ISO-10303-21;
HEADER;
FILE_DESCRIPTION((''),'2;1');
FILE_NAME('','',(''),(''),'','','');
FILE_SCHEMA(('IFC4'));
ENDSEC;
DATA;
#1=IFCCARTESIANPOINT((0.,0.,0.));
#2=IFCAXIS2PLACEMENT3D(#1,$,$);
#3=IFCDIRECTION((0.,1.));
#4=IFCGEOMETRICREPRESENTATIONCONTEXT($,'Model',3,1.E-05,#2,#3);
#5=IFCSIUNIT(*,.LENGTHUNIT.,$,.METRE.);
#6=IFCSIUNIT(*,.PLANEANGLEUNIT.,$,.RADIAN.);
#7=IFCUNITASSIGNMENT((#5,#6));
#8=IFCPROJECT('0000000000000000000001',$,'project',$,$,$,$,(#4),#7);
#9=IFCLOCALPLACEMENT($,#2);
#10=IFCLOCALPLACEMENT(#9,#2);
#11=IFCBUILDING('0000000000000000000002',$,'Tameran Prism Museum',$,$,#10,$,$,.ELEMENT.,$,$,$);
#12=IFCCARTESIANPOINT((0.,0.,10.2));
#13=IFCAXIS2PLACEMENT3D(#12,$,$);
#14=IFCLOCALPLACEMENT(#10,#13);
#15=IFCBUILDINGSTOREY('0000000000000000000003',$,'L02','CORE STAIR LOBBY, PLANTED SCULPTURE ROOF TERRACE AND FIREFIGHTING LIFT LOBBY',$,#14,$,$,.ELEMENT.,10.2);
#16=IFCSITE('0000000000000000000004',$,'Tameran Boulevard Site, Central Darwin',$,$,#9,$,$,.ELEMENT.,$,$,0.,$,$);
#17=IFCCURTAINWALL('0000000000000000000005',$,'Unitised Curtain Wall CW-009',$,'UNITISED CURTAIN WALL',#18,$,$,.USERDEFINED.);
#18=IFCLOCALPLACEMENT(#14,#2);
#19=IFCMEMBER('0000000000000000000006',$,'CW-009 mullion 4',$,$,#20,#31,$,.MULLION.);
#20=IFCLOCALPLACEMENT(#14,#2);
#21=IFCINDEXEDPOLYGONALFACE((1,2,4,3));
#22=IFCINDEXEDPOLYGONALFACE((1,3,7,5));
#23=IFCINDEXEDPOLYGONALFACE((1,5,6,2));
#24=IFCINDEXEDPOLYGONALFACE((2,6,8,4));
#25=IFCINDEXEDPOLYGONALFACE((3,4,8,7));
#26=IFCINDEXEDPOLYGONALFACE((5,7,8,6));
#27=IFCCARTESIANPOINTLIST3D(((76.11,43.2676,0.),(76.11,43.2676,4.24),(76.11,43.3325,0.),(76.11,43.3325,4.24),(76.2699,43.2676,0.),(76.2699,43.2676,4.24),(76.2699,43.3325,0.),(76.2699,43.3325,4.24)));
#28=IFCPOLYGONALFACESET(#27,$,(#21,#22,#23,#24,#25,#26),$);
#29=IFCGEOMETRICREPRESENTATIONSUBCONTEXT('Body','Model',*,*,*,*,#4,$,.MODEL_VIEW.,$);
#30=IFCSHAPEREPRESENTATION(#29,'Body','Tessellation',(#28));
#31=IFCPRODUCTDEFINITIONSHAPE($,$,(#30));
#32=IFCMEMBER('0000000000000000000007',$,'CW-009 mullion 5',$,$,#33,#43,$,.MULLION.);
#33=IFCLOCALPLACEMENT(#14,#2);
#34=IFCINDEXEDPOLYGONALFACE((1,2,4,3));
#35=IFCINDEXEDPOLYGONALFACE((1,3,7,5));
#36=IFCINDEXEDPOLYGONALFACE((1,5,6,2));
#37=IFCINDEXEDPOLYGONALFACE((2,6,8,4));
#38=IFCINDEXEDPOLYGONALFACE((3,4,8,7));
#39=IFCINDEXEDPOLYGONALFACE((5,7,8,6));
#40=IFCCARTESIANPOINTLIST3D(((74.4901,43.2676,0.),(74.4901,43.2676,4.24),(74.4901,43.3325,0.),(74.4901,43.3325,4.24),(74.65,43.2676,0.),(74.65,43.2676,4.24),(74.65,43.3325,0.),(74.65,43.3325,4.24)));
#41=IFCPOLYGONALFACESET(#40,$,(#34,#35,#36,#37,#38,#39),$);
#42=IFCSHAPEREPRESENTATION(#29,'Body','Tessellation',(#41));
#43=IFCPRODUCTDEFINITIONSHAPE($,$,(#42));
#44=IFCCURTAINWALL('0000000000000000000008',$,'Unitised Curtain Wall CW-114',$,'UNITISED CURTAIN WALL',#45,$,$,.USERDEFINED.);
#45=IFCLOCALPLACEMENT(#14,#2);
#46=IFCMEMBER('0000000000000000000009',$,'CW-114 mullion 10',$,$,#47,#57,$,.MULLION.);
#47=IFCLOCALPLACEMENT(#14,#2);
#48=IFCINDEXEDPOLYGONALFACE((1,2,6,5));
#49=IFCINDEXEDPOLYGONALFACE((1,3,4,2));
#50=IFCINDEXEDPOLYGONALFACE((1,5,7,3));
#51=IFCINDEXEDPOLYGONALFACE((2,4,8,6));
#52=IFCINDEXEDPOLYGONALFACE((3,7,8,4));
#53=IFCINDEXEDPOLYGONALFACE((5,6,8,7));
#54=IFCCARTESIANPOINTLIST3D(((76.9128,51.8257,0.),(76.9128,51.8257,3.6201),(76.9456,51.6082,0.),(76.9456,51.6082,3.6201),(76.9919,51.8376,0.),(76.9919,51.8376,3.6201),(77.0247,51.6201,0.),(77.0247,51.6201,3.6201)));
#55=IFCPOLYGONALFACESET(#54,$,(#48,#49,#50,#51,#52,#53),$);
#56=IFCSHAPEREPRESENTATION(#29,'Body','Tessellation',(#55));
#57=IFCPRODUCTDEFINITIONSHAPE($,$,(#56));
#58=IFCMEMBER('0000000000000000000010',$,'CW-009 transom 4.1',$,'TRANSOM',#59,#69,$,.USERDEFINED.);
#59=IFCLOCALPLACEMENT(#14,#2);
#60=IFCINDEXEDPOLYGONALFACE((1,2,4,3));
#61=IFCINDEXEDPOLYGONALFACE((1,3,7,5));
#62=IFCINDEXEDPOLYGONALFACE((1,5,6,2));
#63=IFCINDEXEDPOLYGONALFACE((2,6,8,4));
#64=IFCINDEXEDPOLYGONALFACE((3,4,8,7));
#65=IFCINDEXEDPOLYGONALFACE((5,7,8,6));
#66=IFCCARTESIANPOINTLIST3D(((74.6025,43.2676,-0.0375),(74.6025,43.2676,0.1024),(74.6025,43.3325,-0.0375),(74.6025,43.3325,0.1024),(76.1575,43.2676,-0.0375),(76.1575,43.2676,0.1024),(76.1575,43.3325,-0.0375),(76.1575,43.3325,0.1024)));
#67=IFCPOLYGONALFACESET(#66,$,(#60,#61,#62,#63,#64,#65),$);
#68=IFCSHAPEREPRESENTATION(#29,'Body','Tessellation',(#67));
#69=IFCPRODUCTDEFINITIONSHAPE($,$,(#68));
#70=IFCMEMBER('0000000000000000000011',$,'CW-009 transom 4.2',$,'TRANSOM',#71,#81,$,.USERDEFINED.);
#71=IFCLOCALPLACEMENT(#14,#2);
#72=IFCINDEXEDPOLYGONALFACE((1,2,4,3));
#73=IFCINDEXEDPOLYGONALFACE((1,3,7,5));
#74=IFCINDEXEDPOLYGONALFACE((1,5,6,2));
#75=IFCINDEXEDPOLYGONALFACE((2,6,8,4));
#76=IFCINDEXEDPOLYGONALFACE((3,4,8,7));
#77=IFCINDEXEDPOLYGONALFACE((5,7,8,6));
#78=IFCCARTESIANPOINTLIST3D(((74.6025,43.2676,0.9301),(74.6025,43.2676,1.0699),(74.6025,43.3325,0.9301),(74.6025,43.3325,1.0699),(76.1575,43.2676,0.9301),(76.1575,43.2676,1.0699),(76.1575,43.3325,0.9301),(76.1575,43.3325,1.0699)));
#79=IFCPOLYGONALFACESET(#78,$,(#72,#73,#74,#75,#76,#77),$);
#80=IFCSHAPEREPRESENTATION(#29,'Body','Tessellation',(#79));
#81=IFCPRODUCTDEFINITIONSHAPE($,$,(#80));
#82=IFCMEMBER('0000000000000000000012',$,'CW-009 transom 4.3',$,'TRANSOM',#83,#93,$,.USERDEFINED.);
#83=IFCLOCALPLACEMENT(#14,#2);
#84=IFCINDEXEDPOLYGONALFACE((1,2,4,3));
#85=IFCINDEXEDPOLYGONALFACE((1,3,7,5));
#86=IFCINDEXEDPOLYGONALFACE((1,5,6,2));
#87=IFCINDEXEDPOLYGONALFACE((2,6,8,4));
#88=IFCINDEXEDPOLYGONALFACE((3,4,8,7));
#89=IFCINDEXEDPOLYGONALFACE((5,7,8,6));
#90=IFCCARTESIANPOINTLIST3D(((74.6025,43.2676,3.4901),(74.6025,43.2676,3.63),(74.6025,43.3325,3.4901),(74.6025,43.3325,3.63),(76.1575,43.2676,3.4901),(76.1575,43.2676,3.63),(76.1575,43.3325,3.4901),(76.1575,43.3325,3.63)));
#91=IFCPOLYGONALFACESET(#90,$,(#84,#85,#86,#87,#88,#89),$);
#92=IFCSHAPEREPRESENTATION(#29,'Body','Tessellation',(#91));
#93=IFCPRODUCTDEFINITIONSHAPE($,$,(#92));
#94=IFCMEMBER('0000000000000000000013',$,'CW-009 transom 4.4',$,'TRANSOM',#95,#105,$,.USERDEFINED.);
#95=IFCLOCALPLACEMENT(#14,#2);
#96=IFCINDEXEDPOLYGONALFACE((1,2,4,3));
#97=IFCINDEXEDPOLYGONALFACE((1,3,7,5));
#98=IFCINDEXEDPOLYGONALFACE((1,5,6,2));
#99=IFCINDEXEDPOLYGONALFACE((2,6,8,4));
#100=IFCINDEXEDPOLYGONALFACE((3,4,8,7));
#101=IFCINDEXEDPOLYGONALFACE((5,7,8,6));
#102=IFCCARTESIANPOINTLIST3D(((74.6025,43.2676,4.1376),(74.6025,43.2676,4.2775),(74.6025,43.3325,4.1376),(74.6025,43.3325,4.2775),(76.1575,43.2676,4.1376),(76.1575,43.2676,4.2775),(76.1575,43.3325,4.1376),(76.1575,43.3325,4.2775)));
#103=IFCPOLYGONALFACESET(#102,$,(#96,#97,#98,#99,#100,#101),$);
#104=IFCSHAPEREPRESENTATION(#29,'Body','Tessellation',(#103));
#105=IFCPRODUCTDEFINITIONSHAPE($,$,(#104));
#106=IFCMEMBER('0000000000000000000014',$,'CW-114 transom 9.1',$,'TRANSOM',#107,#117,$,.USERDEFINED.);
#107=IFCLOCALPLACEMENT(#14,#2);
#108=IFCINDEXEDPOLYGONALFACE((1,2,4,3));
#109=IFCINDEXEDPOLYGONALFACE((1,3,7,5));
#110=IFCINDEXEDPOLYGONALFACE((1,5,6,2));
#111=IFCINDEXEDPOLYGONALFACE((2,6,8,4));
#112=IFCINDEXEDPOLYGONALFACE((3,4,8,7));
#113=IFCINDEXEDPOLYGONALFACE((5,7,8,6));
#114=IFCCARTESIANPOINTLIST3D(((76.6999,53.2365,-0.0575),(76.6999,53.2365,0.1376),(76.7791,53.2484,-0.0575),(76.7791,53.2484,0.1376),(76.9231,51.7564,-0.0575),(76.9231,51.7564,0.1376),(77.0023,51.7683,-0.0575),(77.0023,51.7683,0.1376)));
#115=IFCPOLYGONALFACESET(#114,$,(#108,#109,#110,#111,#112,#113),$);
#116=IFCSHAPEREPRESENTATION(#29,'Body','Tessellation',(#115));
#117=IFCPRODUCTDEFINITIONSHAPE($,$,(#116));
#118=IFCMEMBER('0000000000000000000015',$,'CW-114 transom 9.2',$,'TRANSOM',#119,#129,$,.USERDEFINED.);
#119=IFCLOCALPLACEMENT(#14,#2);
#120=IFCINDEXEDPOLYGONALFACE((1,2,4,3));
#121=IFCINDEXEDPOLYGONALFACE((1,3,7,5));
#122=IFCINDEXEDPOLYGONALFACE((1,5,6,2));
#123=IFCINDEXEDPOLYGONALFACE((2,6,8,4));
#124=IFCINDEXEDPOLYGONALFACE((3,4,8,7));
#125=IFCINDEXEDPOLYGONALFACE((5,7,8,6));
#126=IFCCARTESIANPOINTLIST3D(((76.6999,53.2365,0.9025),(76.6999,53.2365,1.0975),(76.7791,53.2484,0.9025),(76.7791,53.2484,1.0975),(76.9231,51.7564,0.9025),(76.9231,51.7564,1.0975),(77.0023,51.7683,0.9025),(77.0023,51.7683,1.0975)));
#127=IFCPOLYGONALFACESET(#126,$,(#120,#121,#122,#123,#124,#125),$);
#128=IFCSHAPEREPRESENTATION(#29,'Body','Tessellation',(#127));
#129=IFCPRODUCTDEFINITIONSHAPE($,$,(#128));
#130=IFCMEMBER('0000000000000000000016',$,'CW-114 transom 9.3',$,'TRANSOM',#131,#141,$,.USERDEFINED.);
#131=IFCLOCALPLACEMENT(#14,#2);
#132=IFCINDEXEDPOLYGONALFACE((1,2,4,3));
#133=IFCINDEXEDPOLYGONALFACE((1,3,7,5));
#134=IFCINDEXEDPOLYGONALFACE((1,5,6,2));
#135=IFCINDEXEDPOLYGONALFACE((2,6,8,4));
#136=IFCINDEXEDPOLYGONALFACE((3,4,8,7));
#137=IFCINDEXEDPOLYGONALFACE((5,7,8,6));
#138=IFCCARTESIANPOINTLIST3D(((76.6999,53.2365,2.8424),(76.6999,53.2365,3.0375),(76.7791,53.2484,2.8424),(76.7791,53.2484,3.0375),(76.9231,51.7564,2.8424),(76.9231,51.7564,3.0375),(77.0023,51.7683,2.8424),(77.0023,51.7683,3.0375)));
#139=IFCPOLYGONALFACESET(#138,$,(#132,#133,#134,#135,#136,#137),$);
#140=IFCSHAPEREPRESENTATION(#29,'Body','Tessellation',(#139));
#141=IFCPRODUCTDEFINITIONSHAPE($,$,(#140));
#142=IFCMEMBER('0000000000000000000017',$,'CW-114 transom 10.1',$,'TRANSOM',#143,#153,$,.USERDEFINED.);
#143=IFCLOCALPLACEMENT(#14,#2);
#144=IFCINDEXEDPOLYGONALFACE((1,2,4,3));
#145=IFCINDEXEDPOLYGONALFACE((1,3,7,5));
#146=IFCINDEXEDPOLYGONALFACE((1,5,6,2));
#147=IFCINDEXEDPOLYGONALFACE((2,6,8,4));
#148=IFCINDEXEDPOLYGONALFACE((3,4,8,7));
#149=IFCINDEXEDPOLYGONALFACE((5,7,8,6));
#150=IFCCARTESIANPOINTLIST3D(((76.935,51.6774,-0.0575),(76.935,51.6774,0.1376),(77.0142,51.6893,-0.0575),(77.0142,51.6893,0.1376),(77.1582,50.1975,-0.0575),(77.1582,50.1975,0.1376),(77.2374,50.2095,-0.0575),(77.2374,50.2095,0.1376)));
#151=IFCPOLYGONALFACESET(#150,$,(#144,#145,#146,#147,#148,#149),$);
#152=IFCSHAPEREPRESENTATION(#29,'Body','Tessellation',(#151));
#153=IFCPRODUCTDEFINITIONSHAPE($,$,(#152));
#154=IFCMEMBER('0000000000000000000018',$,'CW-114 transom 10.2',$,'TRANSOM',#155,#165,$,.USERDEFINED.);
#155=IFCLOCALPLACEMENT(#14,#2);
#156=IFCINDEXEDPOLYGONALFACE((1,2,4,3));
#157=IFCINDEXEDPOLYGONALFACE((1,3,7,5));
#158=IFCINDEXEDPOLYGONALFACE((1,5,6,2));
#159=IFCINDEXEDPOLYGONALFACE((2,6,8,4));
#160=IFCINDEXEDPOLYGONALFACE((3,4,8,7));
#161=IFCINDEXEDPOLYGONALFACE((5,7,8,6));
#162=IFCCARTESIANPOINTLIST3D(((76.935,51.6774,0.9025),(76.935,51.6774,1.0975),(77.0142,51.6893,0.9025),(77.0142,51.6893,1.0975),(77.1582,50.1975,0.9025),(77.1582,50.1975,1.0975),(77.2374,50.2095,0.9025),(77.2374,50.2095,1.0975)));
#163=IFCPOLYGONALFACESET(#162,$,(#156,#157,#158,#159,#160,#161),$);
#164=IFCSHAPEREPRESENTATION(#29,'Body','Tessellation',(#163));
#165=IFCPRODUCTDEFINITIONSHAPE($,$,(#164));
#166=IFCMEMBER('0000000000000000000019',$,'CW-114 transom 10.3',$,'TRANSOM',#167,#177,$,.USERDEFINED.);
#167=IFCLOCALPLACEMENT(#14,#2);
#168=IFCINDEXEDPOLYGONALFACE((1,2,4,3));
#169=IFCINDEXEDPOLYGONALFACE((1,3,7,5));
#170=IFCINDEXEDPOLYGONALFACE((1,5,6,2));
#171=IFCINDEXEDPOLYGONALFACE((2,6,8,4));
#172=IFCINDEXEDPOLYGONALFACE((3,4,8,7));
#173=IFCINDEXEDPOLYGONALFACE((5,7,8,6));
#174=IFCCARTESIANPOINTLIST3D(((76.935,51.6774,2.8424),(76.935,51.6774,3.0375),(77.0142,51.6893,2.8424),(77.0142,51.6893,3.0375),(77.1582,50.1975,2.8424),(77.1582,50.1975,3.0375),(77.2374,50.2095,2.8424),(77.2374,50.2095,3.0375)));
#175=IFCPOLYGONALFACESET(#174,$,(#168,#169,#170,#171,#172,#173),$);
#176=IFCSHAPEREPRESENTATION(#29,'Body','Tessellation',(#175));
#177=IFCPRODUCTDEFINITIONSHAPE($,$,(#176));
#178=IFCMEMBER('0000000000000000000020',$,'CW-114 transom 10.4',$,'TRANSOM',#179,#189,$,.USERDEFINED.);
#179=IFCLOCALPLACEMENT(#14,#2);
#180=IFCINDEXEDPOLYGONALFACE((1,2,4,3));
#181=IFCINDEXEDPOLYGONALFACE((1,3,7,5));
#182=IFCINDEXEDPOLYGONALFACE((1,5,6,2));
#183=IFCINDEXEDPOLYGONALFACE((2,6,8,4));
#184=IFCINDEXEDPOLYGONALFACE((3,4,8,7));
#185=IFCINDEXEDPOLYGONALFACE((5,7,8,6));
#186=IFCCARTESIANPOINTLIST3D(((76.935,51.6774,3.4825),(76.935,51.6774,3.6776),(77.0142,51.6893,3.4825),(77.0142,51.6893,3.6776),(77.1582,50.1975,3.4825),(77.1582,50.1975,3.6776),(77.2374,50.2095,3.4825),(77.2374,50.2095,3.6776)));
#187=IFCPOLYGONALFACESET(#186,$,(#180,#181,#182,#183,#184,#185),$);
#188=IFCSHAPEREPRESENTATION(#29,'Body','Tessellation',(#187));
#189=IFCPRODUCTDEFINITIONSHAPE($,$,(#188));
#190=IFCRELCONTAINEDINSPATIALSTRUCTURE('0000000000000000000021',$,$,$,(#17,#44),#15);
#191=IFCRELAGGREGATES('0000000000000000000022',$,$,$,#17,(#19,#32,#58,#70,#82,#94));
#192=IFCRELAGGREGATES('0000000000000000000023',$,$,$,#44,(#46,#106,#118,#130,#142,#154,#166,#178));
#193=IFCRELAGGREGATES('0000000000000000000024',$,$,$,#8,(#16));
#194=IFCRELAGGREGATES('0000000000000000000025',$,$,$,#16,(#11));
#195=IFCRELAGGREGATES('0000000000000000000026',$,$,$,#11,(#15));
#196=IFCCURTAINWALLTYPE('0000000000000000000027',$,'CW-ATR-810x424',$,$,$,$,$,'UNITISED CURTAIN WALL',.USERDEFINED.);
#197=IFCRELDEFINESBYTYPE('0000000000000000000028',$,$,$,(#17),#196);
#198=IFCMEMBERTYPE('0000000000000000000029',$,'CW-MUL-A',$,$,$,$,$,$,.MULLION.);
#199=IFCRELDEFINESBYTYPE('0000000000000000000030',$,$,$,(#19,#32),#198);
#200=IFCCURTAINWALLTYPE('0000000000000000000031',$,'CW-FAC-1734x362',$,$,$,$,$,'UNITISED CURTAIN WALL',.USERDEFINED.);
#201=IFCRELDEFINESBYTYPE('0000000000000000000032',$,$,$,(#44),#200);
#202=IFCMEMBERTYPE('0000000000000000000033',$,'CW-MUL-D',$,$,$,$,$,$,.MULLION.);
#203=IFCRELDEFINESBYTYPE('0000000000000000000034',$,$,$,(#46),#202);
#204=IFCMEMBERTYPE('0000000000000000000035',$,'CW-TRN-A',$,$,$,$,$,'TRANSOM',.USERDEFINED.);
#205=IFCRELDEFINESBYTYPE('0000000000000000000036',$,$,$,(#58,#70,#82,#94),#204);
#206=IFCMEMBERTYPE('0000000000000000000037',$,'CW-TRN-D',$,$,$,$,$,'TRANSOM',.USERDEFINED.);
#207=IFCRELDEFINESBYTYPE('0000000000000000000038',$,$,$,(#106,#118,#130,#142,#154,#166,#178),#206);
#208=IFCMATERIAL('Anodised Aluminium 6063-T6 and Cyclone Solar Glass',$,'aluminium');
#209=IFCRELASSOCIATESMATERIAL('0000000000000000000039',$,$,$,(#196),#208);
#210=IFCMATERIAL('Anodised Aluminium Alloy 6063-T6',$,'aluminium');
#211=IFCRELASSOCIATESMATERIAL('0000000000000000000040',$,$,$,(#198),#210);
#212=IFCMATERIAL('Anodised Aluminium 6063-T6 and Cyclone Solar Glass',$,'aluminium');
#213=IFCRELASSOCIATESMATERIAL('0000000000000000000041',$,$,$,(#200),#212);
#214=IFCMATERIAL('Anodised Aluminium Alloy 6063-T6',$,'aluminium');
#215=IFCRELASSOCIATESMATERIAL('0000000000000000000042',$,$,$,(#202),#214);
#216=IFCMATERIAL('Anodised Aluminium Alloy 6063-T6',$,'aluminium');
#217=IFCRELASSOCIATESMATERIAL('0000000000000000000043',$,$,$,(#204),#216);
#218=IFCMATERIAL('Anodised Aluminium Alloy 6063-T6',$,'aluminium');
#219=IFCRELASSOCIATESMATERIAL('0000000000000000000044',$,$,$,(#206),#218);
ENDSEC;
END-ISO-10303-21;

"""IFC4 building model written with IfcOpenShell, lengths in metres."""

from ifc_helpers import new_model, si_unit, direction, frame, origin, origin_2d, place, context, subcontext, project, spatial, rectangle, extrude, material, material_profile, profile_set, type_object, element, aggregate, save


model = new_model("IFC4")

# Units and contexts
model_context = context("Model", 3, precision=1e-05, world=origin(), true_north=direction((0.0, 1.0)))
body_context = subcontext(model_context, "Body", "Model", "MODEL_VIEW")
ifc_project = project(units=[si_unit("LENGTHUNIT", "METRE"), si_unit("PLANEANGLEUNIT", "RADIAN")], contexts=[model_context])

# Site, building, storey
site_placement = place(None, origin())
site = spatial("IfcSite", under=ifc_project, at=site_placement, Name="Tameran Boulevard Site, Central Darwin", CompositionType="ELEMENT", RefElevation=0.0)
building_placement = place(site_placement, origin())
building = spatial("IfcBuilding", under=site, at=building_placement, Name="Tameran Prism Museum", CompositionType="ELEMENT")
storey_placement = place(building_placement, frame((0.0, 0.0, 10.2)))
storey = spatial("IfcBuildingStorey", under=building, at=storey_placement, Name="L02", Description="CORE STAIR LOBBY, PLANTED SCULPTURE ROOF TERRACE AND FIREFIGHTING LIFT LOBBY", CompositionType="ELEMENT", Elevation=10.2)

# Curtain wall, members
ifc_material_1 = material(Name="Anodised Aluminium 6063-T6 and Cyclone Solar Glass", Category="aluminium")
curtain_wall_type_1 = type_object("IfcCurtainWallType", Name="CW-ATR-810x424", ElementType="UNITISED CURTAIN WALL", PredefinedType="USERDEFINED", material=ifc_material_1)
curtain_wall_1_placement = place(storey_placement, origin())
curtain_wall_1 = element("IfcCurtainWall", 1, at=curtain_wall_1_placement, inside=storey, type_object=curtain_wall_type_1, Name="Unitised Curtain Wall CW-009", ObjectType="UNITISED CURTAIN WALL", PredefinedType="USERDEFINED")
ifc_material_2 = material(Name="Anodised Aluminium Alloy 6063-T6", Category="aluminium")
ifc_material_profile_1 = material_profile(ifc_material_2, rectangle(XDim=0.0649, YDim=0.1599, at=origin_2d()))
ifc_profile_set_1 = profile_set([ifc_material_profile_1])
member_type_1 = type_object("IfcMemberType", Name="CW-MUL-A", PredefinedType="MULLION", material=ifc_profile_set_1)
member_1_placement = place(storey_placement, frame((76.1899, 43.3, 0.0), z_axis=(0.0, 0.0, 1.0), x_axis=(0.0, -1.0, 0.0)))
member_1 = element("IfcMember", 2, at=member_1_placement, type_object=member_type_1, Name="CW-009 mullion 4", PredefinedType="MULLION", context=body_context, shape_type="SweptSolid", body=[
    extrude(rectangle(XDim=0.0649, YDim=0.1599, at=origin_2d()), origin(), (0.0, 0.0, 1.0), 4.24),
])
member_2_placement = place(storey_placement, frame((74.5701, 43.3, 0.0), z_axis=(0.0, 0.0, 1.0), x_axis=(0.0, -1.0, 0.0)))
member_2 = element("IfcMember", 3, at=member_2_placement, type_object=member_type_1, Name="CW-009 mullion 5", PredefinedType="MULLION", context=body_context, shape_type="SweptSolid", body=[
    extrude(rectangle(XDim=0.0649, YDim=0.1599, at=origin_2d()), origin(), (0.0, 0.0, 1.0), 4.24),
])

# Curtain wall, member
ifc_material_3 = material(Name="Anodised Aluminium 6063-T6 and Cyclone Solar Glass", Category="aluminium")
curtain_wall_type_2 = type_object("IfcCurtainWallType", Name="CW-FAC-1734x362", ElementType="UNITISED CURTAIN WALL", PredefinedType="USERDEFINED", material=ifc_material_3)
curtain_wall_2_placement = place(storey_placement, origin())
curtain_wall_2 = element("IfcCurtainWall", 4, at=curtain_wall_2_placement, inside=storey, type_object=curtain_wall_type_2, Name="Unitised Curtain Wall CW-114", ObjectType="UNITISED CURTAIN WALL", PredefinedType="USERDEFINED")
ifc_material_4 = material(Name="Anodised Aluminium Alloy 6063-T6", Category="aluminium")
ifc_material_profile_2 = material_profile(ifc_material_4, rectangle(XDim=0.0801, YDim=0.22, at=origin_2d()))
ifc_profile_set_2 = profile_set([ifc_material_profile_2])
member_type_2 = type_object("IfcMemberType", Name="CW-MUL-D", PredefinedType="MULLION", material=ifc_profile_set_2)
member_3_placement = place(storey_placement, frame((76.9688, 51.7229, 0.0), z_axis=(0.0, 0.0, 1.0), x_axis=(0.988812, 0.149167, 0.0)))
member_3 = element("IfcMember", 5, at=member_3_placement, type_object=member_type_2, Name="CW-114 mullion 10", PredefinedType="MULLION", context=body_context, shape_type="SweptSolid", body=[
    extrude(rectangle(XDim=0.0801, YDim=0.22, at=origin_2d()), origin(), (0.0, 0.0, 1.0), 3.6201),
])

# Members
ifc_material_5 = material(Name="Anodised Aluminium Alloy 6063-T6", Category="aluminium")
ifc_material_profile_3 = material_profile(ifc_material_5, rectangle(XDim=0.0649, YDim=0.1399, at=origin_2d()))
ifc_profile_set_3 = profile_set([ifc_material_profile_3])
member_type_3 = type_object("IfcMemberType", Name="CW-TRN-A", ElementType="TRANSOM", PredefinedType="USERDEFINED", material=ifc_profile_set_3)
member_4_placement = place(storey_placement, frame((76.1575, 43.3, 0.0325), z_axis=(-1.0, 0.0, 0.0), x_axis=(0.0, -1.0, 0.0)))
member_4 = element("IfcMember", 6, at=member_4_placement, type_object=member_type_3, Name="CW-009 transom 4.1", ObjectType="TRANSOM", PredefinedType="USERDEFINED", context=body_context, shape_type="SweptSolid", body=[
    extrude(rectangle(XDim=0.0649, YDim=0.1399, at=origin_2d()), origin(), (0.0, 0.0, 1.0), 1.5549),
])
member_5_placement = place(storey_placement, frame((76.1575, 43.3, 1.0), z_axis=(-1.0, 0.0, 0.0), x_axis=(0.0, -1.0, 0.0)))
member_5 = element("IfcMember", 7, at=member_5_placement, type_object=member_type_3, Name="CW-009 transom 4.2", ObjectType="TRANSOM", PredefinedType="USERDEFINED", context=body_context, shape_type="SweptSolid", body=[
    extrude(rectangle(XDim=0.0649, YDim=0.1399, at=origin_2d()), origin(), (0.0, 0.0, 1.0), 1.5549),
])
member_6_placement = place(storey_placement, frame((76.1575, 43.3, 3.5601), z_axis=(-1.0, 0.0, 0.0), x_axis=(0.0, -1.0, 0.0)))
member_6 = element("IfcMember", 8, at=member_6_placement, type_object=member_type_3, Name="CW-009 transom 4.3", ObjectType="TRANSOM", PredefinedType="USERDEFINED", context=body_context, shape_type="SweptSolid", body=[
    extrude(rectangle(XDim=0.0649, YDim=0.1399, at=origin_2d()), origin(), (0.0, 0.0, 1.0), 1.5549),
])
member_7_placement = place(storey_placement, frame((76.1575, 43.3, 4.2075), z_axis=(-1.0, 0.0, 0.0), x_axis=(0.0, -1.0, 0.0)))
member_7 = element("IfcMember", 9, at=member_7_placement, type_object=member_type_3, Name="CW-009 transom 4.4", ObjectType="TRANSOM", PredefinedType="USERDEFINED", context=body_context, shape_type="SweptSolid", body=[
    extrude(rectangle(XDim=0.0649, YDim=0.1399, at=origin_2d()), origin(), (0.0, 0.0, 1.0), 1.5549),
])
ifc_material_6 = material(Name="Anodised Aluminium Alloy 6063-T6", Category="aluminium")
ifc_material_profile_4 = material_profile(ifc_material_6, rectangle(XDim=0.0801, YDim=0.1951, at=origin_2d()))
ifc_profile_set_4 = profile_set([ifc_material_profile_4])
member_type_4 = type_object("IfcMemberType", Name="CW-TRN-D", ElementType="TRANSOM", PredefinedType="USERDEFINED", material=ifc_profile_set_4)
member_8_placement = place(storey_placement, frame((76.7395, 53.2424, 0.04), z_axis=(0.14909, -0.988824, 0.0), x_axis=(0.988824, 0.14909, 0.0)))
member_8 = element("IfcMember", 10, at=member_8_placement, type_object=member_type_4, Name="CW-114 transom 9.1", ObjectType="TRANSOM", PredefinedType="USERDEFINED", context=body_context, shape_type="SweptSolid", body=[
    extrude(rectangle(XDim=0.0801, YDim=0.1951, at=origin_2d()), origin(), (0.0, 0.0, 1.0), 1.4968),
])
member_9_placement = place(storey_placement, frame((76.7395, 53.2424, 1.0), z_axis=(0.14909, -0.988824, 0.0), x_axis=(0.988824, 0.14909, 0.0)))
member_9 = element("IfcMember", 11, at=member_9_placement, type_object=member_type_4, Name="CW-114 transom 9.2", ObjectType="TRANSOM", PredefinedType="USERDEFINED", context=body_context, shape_type="SweptSolid", body=[
    extrude(rectangle(XDim=0.0801, YDim=0.1951, at=origin_2d()), origin(), (0.0, 0.0, 1.0), 1.4968),
])
member_10_placement = place(storey_placement, frame((76.7395, 53.2424, 2.9399), z_axis=(0.14909, -0.988824, 0.0), x_axis=(0.988824, 0.14909, 0.0)))
member_10 = element("IfcMember", 12, at=member_10_placement, type_object=member_type_4, Name="CW-114 transom 9.3", ObjectType="TRANSOM", PredefinedType="USERDEFINED", context=body_context, shape_type="SweptSolid", body=[
    extrude(rectangle(XDim=0.0801, YDim=0.1951, at=origin_2d()), origin(), (0.0, 0.0, 1.0), 1.4968),
])
member_11_placement = place(storey_placement, frame((76.9746, 51.6833, 0.04), z_axis=(0.149114, -0.98882, 0.0), x_axis=(0.98882, 0.149114, 0.0)))
member_11 = element("IfcMember", 13, at=member_11_placement, type_object=member_type_4, Name="CW-114 transom 10.1", ObjectType="TRANSOM", PredefinedType="USERDEFINED", context=body_context, shape_type="SweptSolid", body=[
    extrude(rectangle(XDim=0.0801, YDim=0.1951, at=origin_2d()), origin(), (0.0, 0.0, 1.0), 1.4966),
])
member_12_placement = place(storey_placement, frame((76.9746, 51.6833, 1.0), z_axis=(0.149114, -0.98882, 0.0), x_axis=(0.98882, 0.149114, 0.0)))
member_12 = element("IfcMember", 14, at=member_12_placement, type_object=member_type_4, Name="CW-114 transom 10.2", ObjectType="TRANSOM", PredefinedType="USERDEFINED", context=body_context, shape_type="SweptSolid", body=[
    extrude(rectangle(XDim=0.0801, YDim=0.1951, at=origin_2d()), origin(), (0.0, 0.0, 1.0), 1.4966),
])
member_13_placement = place(storey_placement, frame((76.9746, 51.6833, 2.9399), z_axis=(0.149114, -0.98882, 0.0), x_axis=(0.98882, 0.149114, 0.0)))
member_13 = element("IfcMember", 15, at=member_13_placement, type_object=member_type_4, Name="CW-114 transom 10.3", ObjectType="TRANSOM", PredefinedType="USERDEFINED", context=body_context, shape_type="SweptSolid", body=[
    extrude(rectangle(XDim=0.0801, YDim=0.1951, at=origin_2d()), origin(), (0.0, 0.0, 1.0), 1.4966),
])
member_14_placement = place(storey_placement, frame((76.9746, 51.6833, 3.5801), z_axis=(0.149114, -0.98882, 0.0), x_axis=(0.98882, 0.149114, 0.0)))
member_14 = element("IfcMember", 16, at=member_14_placement, type_object=member_type_4, Name="CW-114 transom 10.4", ObjectType="TRANSOM", PredefinedType="USERDEFINED", context=body_context, shape_type="SweptSolid", body=[
    extrude(rectangle(XDim=0.0801, YDim=0.1951, at=origin_2d()), origin(), (0.0, 0.0, 1.0), 1.4966),
])

aggregate(curtain_wall_1, [member_1, member_2, member_4, member_5, member_6, member_7])
aggregate(curtain_wall_2, [member_3, member_8, member_9, member_10, member_11, member_12, member_13, member_14])

save(model, "model.ifc")
